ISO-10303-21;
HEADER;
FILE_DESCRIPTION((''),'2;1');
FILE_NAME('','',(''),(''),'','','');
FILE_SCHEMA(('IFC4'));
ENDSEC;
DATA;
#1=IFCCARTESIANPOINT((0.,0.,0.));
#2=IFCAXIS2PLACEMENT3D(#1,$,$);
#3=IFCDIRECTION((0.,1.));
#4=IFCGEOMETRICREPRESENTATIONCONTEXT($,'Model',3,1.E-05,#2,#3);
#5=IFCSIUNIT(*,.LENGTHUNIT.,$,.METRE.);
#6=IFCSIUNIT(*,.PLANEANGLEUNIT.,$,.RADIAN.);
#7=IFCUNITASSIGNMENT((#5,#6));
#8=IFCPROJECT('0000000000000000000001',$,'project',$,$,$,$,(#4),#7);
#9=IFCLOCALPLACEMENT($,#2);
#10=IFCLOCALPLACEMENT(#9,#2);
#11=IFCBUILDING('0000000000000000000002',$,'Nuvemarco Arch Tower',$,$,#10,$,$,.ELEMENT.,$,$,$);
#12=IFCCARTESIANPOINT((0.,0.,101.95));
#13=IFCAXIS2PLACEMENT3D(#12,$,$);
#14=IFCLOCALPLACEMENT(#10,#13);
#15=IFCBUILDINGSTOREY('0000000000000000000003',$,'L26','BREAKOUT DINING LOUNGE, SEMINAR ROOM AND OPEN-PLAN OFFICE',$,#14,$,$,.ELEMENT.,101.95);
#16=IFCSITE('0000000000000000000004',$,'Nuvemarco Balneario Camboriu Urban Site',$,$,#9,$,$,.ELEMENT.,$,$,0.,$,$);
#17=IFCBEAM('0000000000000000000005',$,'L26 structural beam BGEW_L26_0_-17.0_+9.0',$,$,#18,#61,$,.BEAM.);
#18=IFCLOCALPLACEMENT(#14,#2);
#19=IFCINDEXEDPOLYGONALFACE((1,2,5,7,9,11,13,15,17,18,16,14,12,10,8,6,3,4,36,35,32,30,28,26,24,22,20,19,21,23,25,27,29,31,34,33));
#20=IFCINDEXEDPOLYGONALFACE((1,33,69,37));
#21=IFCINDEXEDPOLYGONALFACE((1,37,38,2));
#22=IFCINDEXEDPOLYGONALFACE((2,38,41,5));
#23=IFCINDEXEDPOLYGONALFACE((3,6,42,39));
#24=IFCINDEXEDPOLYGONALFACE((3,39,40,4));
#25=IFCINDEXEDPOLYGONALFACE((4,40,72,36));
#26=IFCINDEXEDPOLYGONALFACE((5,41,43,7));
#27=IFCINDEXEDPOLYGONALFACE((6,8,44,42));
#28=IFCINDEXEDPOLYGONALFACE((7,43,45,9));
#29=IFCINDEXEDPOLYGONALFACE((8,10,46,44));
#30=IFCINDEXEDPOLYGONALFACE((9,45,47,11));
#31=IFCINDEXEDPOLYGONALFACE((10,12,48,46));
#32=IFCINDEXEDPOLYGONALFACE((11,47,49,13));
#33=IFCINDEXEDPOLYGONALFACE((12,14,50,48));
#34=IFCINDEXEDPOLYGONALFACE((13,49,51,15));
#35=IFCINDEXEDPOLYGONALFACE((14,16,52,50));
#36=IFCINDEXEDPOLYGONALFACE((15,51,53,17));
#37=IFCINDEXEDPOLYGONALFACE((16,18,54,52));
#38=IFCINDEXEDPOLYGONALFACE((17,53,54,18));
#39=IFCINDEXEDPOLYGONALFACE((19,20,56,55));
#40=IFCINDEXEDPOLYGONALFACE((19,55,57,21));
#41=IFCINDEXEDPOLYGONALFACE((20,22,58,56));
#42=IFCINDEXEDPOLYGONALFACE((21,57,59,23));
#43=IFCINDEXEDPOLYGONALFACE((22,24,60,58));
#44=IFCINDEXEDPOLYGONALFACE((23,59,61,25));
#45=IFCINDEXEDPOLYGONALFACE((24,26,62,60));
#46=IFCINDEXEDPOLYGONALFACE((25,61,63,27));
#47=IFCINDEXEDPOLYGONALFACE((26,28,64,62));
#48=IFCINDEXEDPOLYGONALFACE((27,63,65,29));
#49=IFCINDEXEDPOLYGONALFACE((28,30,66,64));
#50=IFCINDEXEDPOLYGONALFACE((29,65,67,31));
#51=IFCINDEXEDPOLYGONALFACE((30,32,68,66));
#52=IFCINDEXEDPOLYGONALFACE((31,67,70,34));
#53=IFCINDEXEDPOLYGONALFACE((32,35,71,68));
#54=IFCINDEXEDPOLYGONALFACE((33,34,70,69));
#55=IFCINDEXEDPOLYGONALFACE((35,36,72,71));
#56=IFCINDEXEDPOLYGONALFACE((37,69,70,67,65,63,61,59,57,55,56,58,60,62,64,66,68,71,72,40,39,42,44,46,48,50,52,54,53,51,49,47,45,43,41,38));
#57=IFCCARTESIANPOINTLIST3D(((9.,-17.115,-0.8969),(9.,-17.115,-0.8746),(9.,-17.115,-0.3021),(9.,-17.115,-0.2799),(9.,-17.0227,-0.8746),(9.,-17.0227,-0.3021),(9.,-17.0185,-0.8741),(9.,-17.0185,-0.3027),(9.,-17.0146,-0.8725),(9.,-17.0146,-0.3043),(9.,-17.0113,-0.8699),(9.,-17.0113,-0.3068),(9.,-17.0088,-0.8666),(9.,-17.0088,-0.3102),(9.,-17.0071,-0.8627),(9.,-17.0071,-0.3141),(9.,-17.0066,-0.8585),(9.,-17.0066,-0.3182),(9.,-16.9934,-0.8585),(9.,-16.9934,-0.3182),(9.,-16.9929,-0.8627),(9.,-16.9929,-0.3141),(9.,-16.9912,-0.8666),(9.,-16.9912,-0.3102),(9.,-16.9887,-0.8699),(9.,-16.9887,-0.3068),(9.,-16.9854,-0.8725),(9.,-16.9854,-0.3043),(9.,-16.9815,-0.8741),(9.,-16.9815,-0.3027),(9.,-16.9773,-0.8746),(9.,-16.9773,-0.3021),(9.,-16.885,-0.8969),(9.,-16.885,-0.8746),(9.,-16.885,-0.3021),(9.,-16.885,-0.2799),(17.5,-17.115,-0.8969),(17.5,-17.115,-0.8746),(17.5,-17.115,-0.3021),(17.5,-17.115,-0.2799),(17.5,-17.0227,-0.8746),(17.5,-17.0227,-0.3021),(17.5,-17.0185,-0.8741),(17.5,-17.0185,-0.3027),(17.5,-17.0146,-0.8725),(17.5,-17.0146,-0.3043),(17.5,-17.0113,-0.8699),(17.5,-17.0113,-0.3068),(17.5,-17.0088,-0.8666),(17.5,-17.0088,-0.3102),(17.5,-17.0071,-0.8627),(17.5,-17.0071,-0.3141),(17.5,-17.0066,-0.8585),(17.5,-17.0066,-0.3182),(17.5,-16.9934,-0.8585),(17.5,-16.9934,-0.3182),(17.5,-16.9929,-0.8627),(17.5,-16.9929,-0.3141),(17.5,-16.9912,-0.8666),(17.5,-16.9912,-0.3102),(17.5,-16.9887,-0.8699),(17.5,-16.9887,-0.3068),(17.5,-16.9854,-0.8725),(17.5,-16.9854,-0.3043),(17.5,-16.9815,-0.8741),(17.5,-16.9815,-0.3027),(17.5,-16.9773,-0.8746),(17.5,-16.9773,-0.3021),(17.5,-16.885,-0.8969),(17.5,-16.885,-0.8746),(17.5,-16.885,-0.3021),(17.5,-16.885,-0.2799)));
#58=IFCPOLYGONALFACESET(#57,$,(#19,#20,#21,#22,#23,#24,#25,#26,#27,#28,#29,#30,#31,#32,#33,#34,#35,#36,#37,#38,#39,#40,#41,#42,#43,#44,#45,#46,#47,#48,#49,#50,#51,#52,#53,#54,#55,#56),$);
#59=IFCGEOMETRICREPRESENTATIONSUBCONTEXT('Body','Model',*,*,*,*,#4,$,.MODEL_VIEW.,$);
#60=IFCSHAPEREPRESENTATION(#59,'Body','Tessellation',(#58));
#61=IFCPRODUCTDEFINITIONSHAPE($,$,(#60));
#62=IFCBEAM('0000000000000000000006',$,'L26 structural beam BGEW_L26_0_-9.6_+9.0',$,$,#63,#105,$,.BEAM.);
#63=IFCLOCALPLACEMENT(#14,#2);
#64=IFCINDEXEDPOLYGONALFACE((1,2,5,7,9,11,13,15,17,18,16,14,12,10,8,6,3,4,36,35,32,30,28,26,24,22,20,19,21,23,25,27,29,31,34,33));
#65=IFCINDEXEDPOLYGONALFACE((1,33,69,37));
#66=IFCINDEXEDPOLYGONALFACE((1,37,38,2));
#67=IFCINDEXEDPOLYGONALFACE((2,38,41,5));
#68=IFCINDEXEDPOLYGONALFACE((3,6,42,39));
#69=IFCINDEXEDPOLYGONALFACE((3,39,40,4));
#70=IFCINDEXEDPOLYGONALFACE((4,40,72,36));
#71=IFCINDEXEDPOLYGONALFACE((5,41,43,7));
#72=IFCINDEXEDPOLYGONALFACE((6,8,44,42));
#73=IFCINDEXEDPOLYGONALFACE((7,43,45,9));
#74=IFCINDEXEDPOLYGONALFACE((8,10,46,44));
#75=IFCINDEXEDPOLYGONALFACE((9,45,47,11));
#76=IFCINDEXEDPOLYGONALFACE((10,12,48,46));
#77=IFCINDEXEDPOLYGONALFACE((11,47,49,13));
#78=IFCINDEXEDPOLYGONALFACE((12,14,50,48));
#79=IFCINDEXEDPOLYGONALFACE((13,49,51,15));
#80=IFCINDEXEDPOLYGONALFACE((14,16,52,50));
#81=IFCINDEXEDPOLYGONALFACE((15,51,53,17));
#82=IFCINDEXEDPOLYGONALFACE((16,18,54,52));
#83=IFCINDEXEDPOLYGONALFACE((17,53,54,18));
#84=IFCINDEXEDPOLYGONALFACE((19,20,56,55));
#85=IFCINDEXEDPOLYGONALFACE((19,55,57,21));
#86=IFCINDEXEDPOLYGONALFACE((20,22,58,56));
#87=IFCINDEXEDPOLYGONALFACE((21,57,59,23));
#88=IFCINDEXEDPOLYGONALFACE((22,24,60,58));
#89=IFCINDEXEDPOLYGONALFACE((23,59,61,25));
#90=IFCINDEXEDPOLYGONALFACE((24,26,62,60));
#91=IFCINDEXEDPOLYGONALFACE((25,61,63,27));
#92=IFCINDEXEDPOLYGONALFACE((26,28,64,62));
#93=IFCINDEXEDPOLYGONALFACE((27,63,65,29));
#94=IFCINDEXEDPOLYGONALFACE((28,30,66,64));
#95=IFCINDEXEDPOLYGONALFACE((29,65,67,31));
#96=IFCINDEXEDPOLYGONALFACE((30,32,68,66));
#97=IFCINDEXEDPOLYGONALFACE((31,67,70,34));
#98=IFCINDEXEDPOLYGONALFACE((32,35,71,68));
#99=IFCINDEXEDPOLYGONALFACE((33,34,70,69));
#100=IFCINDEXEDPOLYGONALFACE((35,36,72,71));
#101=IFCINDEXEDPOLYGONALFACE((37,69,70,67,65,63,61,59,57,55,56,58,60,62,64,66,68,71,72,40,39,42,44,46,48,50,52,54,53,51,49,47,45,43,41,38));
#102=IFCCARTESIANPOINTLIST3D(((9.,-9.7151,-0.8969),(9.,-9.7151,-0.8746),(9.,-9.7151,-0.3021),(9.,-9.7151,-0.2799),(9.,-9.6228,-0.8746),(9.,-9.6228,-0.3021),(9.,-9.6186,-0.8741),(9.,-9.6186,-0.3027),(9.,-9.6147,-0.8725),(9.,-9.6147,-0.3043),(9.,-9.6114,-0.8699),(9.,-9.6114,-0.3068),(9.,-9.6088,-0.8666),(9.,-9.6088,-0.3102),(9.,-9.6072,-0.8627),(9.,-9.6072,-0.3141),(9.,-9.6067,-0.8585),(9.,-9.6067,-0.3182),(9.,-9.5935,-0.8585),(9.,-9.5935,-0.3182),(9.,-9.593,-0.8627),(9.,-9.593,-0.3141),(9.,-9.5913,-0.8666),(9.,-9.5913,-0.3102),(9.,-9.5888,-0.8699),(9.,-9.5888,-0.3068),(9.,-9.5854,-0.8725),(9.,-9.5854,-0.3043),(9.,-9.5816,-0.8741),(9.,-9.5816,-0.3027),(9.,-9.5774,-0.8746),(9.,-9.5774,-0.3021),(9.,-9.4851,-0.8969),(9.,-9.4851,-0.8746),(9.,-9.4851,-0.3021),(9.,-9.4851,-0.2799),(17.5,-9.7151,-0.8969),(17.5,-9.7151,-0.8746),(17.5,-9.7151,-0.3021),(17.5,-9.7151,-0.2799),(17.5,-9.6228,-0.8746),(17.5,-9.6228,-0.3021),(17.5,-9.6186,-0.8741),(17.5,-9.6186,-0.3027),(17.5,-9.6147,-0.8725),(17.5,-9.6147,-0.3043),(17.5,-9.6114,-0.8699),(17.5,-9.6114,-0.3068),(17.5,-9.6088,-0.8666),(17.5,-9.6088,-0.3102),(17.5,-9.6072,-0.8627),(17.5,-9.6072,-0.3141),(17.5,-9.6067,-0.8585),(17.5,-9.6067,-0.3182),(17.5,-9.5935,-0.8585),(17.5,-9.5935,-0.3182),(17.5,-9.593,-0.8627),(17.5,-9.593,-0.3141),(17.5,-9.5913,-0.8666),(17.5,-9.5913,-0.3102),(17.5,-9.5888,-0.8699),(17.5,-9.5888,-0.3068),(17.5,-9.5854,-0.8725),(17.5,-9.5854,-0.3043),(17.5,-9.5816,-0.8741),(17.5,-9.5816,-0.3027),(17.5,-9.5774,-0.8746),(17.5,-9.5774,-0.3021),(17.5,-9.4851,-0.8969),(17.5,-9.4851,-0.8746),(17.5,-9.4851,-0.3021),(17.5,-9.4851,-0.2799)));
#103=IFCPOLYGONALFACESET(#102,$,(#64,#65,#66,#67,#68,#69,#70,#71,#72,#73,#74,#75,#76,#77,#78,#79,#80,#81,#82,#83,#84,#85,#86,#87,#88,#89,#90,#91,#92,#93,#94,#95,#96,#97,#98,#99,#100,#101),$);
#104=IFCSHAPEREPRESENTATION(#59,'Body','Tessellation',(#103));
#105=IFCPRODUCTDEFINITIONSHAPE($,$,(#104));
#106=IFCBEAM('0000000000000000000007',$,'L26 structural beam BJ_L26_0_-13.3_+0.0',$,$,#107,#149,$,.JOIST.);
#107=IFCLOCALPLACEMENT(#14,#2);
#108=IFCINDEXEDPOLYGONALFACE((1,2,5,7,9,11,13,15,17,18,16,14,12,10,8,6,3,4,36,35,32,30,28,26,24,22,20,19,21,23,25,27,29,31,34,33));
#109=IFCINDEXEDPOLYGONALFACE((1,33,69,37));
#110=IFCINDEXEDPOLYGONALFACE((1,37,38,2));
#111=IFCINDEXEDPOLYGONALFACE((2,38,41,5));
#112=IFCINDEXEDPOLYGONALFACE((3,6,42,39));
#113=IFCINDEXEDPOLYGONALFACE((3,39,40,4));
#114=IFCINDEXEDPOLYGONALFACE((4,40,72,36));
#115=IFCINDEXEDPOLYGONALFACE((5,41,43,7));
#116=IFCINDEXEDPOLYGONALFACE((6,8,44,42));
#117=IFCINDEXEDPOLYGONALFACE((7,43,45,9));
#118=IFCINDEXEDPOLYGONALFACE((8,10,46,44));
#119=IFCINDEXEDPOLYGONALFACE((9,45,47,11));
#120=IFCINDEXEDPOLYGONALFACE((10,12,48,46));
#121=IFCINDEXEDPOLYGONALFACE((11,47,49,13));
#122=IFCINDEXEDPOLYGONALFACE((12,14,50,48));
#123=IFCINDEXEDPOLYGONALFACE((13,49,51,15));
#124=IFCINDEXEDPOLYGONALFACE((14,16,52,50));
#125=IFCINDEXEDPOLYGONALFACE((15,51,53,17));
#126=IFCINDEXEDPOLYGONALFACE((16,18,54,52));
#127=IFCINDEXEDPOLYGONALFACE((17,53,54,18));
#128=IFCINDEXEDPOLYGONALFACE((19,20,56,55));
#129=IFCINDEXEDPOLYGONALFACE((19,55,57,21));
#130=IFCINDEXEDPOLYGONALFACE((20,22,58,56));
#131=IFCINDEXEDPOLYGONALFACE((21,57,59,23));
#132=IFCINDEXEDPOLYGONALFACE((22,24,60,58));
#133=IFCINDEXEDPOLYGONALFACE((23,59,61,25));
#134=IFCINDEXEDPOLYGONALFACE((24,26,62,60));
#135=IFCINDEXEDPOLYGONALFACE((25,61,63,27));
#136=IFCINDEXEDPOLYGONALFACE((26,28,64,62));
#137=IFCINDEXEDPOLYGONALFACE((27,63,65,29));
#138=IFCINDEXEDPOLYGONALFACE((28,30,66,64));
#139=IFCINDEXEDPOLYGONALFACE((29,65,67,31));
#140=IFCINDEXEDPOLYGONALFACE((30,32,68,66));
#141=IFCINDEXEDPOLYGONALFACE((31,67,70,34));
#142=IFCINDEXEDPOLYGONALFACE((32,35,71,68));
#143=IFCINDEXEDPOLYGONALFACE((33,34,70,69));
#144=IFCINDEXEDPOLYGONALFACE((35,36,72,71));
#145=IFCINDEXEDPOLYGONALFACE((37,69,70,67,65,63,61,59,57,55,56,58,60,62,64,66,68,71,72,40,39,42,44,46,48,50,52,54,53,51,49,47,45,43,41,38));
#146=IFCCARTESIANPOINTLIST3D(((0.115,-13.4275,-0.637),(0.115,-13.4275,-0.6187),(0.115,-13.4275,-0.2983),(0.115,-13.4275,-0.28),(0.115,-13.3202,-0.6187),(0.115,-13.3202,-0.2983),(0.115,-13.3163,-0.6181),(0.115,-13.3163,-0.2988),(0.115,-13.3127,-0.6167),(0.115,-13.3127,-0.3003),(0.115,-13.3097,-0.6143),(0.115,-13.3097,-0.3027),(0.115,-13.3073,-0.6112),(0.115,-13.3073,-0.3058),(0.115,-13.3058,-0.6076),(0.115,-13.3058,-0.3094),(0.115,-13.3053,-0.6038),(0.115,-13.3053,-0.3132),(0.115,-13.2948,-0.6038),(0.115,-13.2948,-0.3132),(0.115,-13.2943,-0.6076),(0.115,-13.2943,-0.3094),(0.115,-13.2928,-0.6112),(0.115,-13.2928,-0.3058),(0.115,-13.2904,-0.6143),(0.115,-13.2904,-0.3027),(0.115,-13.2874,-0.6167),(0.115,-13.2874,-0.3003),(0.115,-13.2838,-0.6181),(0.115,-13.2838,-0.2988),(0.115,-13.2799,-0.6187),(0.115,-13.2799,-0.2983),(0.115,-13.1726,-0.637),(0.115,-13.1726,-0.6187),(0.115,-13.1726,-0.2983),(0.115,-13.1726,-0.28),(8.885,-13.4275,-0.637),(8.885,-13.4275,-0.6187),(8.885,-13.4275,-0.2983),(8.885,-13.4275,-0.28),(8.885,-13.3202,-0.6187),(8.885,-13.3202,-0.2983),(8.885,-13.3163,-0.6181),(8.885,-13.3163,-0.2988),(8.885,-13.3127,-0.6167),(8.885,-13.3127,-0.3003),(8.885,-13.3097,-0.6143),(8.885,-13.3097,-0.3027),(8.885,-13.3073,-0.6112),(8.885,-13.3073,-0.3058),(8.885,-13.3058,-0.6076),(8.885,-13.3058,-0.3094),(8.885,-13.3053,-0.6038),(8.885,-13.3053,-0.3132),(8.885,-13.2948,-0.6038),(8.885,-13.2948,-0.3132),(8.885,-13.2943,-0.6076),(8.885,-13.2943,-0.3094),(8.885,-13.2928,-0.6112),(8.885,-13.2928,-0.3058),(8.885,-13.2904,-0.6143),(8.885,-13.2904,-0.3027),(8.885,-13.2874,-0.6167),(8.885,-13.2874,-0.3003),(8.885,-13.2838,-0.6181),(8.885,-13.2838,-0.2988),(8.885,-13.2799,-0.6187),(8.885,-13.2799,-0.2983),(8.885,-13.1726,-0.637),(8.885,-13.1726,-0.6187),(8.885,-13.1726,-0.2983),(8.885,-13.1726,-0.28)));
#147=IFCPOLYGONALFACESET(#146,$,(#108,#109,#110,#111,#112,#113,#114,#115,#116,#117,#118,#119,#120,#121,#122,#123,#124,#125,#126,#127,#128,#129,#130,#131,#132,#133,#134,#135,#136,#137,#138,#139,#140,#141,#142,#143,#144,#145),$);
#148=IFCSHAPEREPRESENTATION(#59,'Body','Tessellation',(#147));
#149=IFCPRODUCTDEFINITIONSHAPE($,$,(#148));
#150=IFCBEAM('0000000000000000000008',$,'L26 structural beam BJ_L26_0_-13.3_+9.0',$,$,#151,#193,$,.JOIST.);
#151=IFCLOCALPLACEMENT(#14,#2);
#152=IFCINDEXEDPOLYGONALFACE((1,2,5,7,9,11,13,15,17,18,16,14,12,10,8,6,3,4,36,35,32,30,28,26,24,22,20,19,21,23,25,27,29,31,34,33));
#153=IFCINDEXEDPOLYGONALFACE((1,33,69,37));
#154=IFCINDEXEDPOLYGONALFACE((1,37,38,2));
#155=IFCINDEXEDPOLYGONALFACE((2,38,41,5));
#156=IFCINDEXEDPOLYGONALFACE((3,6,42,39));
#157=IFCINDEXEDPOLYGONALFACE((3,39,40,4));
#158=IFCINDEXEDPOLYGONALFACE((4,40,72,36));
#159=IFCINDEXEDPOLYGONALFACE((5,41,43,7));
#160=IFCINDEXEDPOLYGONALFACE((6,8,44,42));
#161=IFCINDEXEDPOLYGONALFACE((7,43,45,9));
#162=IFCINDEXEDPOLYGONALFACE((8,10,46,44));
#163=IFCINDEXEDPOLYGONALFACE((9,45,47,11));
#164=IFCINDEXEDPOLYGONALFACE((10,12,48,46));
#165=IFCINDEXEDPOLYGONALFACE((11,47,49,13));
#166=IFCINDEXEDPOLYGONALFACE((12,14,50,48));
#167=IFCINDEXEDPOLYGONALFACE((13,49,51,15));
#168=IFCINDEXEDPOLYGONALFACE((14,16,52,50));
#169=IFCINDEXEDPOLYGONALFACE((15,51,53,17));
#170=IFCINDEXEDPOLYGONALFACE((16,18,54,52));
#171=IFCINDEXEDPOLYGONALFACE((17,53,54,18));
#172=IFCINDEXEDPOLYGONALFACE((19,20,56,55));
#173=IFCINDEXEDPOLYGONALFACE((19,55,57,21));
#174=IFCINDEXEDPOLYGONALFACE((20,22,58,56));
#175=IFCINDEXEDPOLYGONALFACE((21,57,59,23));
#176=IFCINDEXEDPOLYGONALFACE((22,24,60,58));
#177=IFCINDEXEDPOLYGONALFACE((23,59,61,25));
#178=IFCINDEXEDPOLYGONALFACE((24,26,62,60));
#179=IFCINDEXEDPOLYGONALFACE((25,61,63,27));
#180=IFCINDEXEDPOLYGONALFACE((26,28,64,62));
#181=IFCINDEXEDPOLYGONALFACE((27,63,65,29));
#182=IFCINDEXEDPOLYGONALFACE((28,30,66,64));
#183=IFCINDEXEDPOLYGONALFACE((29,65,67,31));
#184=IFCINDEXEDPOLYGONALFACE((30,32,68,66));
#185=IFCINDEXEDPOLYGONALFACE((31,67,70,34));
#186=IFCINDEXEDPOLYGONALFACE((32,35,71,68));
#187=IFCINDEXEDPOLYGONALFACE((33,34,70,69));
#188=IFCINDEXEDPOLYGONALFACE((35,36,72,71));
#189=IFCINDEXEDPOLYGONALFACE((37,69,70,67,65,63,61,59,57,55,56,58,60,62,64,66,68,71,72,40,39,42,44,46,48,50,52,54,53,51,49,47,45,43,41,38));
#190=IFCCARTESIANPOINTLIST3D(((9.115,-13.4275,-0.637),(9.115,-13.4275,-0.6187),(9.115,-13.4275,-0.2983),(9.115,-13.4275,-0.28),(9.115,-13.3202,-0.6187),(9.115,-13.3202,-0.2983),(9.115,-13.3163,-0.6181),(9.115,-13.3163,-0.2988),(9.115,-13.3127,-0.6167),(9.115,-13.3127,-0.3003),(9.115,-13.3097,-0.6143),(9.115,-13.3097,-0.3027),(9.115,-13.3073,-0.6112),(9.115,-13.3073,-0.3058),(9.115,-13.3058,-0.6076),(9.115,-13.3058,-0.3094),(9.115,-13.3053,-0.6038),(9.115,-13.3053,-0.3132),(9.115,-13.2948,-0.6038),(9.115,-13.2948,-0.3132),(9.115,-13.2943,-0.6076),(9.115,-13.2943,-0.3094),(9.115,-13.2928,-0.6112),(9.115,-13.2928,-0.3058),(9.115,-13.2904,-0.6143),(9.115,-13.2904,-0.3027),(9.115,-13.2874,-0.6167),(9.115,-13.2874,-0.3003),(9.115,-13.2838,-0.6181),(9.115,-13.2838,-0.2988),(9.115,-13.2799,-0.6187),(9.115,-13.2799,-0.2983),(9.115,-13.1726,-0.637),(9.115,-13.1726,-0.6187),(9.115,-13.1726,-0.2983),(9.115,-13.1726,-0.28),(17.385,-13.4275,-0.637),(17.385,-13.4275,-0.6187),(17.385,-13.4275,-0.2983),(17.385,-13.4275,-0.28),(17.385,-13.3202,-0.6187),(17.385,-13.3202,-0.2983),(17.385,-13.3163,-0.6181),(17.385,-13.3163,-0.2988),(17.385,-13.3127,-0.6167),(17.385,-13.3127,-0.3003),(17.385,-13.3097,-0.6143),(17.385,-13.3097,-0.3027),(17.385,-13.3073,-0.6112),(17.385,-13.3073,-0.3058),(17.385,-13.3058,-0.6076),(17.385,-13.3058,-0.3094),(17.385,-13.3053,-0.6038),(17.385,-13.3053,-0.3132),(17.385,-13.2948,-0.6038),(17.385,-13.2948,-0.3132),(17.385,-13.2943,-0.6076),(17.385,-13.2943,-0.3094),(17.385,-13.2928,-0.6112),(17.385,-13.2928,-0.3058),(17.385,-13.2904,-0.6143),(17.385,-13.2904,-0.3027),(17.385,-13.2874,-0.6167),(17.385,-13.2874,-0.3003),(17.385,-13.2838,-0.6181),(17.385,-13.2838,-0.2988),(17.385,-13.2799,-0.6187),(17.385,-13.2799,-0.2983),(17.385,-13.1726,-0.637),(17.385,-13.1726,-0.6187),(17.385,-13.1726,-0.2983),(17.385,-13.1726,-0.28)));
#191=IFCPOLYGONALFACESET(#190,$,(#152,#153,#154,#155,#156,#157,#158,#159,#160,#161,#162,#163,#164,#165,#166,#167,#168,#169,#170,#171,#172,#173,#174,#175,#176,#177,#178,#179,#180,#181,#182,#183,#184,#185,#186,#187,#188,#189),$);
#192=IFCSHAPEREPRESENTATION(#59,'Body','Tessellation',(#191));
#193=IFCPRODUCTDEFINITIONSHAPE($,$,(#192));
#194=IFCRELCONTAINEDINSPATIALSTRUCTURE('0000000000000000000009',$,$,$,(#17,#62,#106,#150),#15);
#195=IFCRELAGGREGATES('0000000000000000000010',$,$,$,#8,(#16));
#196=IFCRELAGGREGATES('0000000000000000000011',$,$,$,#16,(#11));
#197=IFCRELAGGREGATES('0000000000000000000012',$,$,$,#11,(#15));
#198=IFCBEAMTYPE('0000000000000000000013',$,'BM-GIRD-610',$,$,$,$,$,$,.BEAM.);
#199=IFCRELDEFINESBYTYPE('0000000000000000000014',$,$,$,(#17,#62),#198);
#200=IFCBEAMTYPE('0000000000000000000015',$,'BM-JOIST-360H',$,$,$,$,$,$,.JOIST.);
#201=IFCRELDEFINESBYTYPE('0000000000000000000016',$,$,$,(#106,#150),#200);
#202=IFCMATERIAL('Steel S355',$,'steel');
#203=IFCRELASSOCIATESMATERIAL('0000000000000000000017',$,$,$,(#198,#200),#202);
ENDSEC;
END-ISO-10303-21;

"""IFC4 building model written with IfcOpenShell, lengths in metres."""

from ifc_helpers import new_model, si_unit, direction, frame, origin, origin_2d, place, context, subcontext, project, spatial, i_section, extrude, material, material_profile, profile_set, type_object, element, save


model = new_model("IFC4")

# Units and contexts
model_context = context("Model", 3, precision=1e-05, world=origin(), true_north=direction((0.0, 1.0)))
body_context = subcontext(model_context, "Body", "Model", "MODEL_VIEW")
ifc_project = project(units=[si_unit("LENGTHUNIT", "METRE"), si_unit("PLANEANGLEUNIT", "RADIAN")], contexts=[model_context])

# Site, building, storey
site_placement = place(None, origin())
site = spatial("IfcSite", under=ifc_project, at=site_placement, Name="Nuvemarco Balneario Camboriu Urban Site", CompositionType="ELEMENT", RefElevation=0.0)
building_placement = place(site_placement, origin())
building = spatial("IfcBuilding", under=site, at=building_placement, Name="Nuvemarco Arch Tower", CompositionType="ELEMENT")
storey_placement = place(building_placement, frame((0.0, 0.0, 101.95)))
storey = spatial("IfcBuildingStorey", under=building, at=storey_placement, Name="L26", Description="BREAKOUT DINING LOUNGE, SEMINAR ROOM AND OPEN-PLAN OFFICE", CompositionType="ELEMENT", Elevation=101.95)

# Shared definitions
ifc_material_1 = material(Name="Steel S355", Category="steel")

# Beams
ifc_material_profile_1 = material_profile(ifc_material_1, i_section(OverallWidth=0.23, OverallDepth=0.6169, WebThickness=0.0132, FlangeThickness=0.0222, FilletRadius=0.0161, at=origin_2d()), Name="W610x140")
ifc_profile_set_1 = profile_set([ifc_material_profile_1], Name="Steel S355")
beam_type_1 = type_object("IfcBeamType", Name="BM-GIRD-610", PredefinedType="BEAM", material=ifc_profile_set_1)
for number, where, z_axis, x_axis, name in (
    (1, (9.0, -17.0, -0.5884), (1.0, 0.0, 0.0), (0.0, 1.0, 0.0), "L26 structural beam BGEW_L26_0_-17.0_+9.0"),
    (2, (9.0, -9.6001, -0.5884), (1.0, 0.0, 0.0), (0.0, 1.0, 0.0), "L26 structural beam BGEW_L26_0_-9.6_+9.0"),
):
    element("IfcBeam", number, at=place(storey_placement, frame(where, z_axis=z_axis, x_axis=x_axis)), inside=storey, type_object=beam_type_1, Name=name, PredefinedType="BEAM", context=body_context, shape_type="SweptSolid", body=[
        extrude(i_section(OverallWidth=0.23, OverallDepth=0.6169, WebThickness=0.0132, FlangeThickness=0.0222, FilletRadius=0.0161, at=origin_2d()), origin(), (0.0, 0.0, 1.0), 8.5),
    ])
ifc_material_profile_2 = material_profile(ifc_material_1, i_section(OverallWidth=0.2549, OverallDepth=0.3569, WebThickness=0.0105, FlangeThickness=0.0183, FilletRadius=0.0149, at=origin_2d()), Name="W360x101")
ifc_profile_set_2 = profile_set([ifc_material_profile_2], Name="Steel S355")
beam_type_2 = type_object("IfcBeamType", Name="BM-JOIST-360H", PredefinedType="JOIST", material=ifc_profile_set_2)
beam_1_placement = place(storey_placement, frame((0.115, -13.3, -0.4585), z_axis=(1.0, 0.0, 0.0), x_axis=(0.0, 1.0, 0.0)))
element("IfcBeam", 3, at=beam_1_placement, inside=storey, type_object=beam_type_2, Name="L26 structural beam BJ_L26_0_-13.3_+0.0", PredefinedType="JOIST", context=body_context, shape_type="SweptSolid", body=[
    extrude(i_section(OverallWidth=0.2549, OverallDepth=0.3569, WebThickness=0.0105, FlangeThickness=0.0183, FilletRadius=0.0149, at=origin_2d()), origin(), (0.0, 0.0, 1.0), 8.77),
])
beam_2_placement = place(storey_placement, frame((9.115, -13.3, -0.4585), z_axis=(1.0, 0.0, 0.0), x_axis=(0.0, 1.0, 0.0)))
element("IfcBeam", 4, at=beam_2_placement, inside=storey, type_object=beam_type_2, Name="L26 structural beam BJ_L26_0_-13.3_+9.0", PredefinedType="JOIST", context=body_context, shape_type="SweptSolid", body=[
    extrude(i_section(OverallWidth=0.2549, OverallDepth=0.3569, WebThickness=0.0105, FlangeThickness=0.0183, FilletRadius=0.0149, at=origin_2d()), origin(), (0.0, 0.0, 1.0), 8.27),
])

save(model, "model.ifc")
